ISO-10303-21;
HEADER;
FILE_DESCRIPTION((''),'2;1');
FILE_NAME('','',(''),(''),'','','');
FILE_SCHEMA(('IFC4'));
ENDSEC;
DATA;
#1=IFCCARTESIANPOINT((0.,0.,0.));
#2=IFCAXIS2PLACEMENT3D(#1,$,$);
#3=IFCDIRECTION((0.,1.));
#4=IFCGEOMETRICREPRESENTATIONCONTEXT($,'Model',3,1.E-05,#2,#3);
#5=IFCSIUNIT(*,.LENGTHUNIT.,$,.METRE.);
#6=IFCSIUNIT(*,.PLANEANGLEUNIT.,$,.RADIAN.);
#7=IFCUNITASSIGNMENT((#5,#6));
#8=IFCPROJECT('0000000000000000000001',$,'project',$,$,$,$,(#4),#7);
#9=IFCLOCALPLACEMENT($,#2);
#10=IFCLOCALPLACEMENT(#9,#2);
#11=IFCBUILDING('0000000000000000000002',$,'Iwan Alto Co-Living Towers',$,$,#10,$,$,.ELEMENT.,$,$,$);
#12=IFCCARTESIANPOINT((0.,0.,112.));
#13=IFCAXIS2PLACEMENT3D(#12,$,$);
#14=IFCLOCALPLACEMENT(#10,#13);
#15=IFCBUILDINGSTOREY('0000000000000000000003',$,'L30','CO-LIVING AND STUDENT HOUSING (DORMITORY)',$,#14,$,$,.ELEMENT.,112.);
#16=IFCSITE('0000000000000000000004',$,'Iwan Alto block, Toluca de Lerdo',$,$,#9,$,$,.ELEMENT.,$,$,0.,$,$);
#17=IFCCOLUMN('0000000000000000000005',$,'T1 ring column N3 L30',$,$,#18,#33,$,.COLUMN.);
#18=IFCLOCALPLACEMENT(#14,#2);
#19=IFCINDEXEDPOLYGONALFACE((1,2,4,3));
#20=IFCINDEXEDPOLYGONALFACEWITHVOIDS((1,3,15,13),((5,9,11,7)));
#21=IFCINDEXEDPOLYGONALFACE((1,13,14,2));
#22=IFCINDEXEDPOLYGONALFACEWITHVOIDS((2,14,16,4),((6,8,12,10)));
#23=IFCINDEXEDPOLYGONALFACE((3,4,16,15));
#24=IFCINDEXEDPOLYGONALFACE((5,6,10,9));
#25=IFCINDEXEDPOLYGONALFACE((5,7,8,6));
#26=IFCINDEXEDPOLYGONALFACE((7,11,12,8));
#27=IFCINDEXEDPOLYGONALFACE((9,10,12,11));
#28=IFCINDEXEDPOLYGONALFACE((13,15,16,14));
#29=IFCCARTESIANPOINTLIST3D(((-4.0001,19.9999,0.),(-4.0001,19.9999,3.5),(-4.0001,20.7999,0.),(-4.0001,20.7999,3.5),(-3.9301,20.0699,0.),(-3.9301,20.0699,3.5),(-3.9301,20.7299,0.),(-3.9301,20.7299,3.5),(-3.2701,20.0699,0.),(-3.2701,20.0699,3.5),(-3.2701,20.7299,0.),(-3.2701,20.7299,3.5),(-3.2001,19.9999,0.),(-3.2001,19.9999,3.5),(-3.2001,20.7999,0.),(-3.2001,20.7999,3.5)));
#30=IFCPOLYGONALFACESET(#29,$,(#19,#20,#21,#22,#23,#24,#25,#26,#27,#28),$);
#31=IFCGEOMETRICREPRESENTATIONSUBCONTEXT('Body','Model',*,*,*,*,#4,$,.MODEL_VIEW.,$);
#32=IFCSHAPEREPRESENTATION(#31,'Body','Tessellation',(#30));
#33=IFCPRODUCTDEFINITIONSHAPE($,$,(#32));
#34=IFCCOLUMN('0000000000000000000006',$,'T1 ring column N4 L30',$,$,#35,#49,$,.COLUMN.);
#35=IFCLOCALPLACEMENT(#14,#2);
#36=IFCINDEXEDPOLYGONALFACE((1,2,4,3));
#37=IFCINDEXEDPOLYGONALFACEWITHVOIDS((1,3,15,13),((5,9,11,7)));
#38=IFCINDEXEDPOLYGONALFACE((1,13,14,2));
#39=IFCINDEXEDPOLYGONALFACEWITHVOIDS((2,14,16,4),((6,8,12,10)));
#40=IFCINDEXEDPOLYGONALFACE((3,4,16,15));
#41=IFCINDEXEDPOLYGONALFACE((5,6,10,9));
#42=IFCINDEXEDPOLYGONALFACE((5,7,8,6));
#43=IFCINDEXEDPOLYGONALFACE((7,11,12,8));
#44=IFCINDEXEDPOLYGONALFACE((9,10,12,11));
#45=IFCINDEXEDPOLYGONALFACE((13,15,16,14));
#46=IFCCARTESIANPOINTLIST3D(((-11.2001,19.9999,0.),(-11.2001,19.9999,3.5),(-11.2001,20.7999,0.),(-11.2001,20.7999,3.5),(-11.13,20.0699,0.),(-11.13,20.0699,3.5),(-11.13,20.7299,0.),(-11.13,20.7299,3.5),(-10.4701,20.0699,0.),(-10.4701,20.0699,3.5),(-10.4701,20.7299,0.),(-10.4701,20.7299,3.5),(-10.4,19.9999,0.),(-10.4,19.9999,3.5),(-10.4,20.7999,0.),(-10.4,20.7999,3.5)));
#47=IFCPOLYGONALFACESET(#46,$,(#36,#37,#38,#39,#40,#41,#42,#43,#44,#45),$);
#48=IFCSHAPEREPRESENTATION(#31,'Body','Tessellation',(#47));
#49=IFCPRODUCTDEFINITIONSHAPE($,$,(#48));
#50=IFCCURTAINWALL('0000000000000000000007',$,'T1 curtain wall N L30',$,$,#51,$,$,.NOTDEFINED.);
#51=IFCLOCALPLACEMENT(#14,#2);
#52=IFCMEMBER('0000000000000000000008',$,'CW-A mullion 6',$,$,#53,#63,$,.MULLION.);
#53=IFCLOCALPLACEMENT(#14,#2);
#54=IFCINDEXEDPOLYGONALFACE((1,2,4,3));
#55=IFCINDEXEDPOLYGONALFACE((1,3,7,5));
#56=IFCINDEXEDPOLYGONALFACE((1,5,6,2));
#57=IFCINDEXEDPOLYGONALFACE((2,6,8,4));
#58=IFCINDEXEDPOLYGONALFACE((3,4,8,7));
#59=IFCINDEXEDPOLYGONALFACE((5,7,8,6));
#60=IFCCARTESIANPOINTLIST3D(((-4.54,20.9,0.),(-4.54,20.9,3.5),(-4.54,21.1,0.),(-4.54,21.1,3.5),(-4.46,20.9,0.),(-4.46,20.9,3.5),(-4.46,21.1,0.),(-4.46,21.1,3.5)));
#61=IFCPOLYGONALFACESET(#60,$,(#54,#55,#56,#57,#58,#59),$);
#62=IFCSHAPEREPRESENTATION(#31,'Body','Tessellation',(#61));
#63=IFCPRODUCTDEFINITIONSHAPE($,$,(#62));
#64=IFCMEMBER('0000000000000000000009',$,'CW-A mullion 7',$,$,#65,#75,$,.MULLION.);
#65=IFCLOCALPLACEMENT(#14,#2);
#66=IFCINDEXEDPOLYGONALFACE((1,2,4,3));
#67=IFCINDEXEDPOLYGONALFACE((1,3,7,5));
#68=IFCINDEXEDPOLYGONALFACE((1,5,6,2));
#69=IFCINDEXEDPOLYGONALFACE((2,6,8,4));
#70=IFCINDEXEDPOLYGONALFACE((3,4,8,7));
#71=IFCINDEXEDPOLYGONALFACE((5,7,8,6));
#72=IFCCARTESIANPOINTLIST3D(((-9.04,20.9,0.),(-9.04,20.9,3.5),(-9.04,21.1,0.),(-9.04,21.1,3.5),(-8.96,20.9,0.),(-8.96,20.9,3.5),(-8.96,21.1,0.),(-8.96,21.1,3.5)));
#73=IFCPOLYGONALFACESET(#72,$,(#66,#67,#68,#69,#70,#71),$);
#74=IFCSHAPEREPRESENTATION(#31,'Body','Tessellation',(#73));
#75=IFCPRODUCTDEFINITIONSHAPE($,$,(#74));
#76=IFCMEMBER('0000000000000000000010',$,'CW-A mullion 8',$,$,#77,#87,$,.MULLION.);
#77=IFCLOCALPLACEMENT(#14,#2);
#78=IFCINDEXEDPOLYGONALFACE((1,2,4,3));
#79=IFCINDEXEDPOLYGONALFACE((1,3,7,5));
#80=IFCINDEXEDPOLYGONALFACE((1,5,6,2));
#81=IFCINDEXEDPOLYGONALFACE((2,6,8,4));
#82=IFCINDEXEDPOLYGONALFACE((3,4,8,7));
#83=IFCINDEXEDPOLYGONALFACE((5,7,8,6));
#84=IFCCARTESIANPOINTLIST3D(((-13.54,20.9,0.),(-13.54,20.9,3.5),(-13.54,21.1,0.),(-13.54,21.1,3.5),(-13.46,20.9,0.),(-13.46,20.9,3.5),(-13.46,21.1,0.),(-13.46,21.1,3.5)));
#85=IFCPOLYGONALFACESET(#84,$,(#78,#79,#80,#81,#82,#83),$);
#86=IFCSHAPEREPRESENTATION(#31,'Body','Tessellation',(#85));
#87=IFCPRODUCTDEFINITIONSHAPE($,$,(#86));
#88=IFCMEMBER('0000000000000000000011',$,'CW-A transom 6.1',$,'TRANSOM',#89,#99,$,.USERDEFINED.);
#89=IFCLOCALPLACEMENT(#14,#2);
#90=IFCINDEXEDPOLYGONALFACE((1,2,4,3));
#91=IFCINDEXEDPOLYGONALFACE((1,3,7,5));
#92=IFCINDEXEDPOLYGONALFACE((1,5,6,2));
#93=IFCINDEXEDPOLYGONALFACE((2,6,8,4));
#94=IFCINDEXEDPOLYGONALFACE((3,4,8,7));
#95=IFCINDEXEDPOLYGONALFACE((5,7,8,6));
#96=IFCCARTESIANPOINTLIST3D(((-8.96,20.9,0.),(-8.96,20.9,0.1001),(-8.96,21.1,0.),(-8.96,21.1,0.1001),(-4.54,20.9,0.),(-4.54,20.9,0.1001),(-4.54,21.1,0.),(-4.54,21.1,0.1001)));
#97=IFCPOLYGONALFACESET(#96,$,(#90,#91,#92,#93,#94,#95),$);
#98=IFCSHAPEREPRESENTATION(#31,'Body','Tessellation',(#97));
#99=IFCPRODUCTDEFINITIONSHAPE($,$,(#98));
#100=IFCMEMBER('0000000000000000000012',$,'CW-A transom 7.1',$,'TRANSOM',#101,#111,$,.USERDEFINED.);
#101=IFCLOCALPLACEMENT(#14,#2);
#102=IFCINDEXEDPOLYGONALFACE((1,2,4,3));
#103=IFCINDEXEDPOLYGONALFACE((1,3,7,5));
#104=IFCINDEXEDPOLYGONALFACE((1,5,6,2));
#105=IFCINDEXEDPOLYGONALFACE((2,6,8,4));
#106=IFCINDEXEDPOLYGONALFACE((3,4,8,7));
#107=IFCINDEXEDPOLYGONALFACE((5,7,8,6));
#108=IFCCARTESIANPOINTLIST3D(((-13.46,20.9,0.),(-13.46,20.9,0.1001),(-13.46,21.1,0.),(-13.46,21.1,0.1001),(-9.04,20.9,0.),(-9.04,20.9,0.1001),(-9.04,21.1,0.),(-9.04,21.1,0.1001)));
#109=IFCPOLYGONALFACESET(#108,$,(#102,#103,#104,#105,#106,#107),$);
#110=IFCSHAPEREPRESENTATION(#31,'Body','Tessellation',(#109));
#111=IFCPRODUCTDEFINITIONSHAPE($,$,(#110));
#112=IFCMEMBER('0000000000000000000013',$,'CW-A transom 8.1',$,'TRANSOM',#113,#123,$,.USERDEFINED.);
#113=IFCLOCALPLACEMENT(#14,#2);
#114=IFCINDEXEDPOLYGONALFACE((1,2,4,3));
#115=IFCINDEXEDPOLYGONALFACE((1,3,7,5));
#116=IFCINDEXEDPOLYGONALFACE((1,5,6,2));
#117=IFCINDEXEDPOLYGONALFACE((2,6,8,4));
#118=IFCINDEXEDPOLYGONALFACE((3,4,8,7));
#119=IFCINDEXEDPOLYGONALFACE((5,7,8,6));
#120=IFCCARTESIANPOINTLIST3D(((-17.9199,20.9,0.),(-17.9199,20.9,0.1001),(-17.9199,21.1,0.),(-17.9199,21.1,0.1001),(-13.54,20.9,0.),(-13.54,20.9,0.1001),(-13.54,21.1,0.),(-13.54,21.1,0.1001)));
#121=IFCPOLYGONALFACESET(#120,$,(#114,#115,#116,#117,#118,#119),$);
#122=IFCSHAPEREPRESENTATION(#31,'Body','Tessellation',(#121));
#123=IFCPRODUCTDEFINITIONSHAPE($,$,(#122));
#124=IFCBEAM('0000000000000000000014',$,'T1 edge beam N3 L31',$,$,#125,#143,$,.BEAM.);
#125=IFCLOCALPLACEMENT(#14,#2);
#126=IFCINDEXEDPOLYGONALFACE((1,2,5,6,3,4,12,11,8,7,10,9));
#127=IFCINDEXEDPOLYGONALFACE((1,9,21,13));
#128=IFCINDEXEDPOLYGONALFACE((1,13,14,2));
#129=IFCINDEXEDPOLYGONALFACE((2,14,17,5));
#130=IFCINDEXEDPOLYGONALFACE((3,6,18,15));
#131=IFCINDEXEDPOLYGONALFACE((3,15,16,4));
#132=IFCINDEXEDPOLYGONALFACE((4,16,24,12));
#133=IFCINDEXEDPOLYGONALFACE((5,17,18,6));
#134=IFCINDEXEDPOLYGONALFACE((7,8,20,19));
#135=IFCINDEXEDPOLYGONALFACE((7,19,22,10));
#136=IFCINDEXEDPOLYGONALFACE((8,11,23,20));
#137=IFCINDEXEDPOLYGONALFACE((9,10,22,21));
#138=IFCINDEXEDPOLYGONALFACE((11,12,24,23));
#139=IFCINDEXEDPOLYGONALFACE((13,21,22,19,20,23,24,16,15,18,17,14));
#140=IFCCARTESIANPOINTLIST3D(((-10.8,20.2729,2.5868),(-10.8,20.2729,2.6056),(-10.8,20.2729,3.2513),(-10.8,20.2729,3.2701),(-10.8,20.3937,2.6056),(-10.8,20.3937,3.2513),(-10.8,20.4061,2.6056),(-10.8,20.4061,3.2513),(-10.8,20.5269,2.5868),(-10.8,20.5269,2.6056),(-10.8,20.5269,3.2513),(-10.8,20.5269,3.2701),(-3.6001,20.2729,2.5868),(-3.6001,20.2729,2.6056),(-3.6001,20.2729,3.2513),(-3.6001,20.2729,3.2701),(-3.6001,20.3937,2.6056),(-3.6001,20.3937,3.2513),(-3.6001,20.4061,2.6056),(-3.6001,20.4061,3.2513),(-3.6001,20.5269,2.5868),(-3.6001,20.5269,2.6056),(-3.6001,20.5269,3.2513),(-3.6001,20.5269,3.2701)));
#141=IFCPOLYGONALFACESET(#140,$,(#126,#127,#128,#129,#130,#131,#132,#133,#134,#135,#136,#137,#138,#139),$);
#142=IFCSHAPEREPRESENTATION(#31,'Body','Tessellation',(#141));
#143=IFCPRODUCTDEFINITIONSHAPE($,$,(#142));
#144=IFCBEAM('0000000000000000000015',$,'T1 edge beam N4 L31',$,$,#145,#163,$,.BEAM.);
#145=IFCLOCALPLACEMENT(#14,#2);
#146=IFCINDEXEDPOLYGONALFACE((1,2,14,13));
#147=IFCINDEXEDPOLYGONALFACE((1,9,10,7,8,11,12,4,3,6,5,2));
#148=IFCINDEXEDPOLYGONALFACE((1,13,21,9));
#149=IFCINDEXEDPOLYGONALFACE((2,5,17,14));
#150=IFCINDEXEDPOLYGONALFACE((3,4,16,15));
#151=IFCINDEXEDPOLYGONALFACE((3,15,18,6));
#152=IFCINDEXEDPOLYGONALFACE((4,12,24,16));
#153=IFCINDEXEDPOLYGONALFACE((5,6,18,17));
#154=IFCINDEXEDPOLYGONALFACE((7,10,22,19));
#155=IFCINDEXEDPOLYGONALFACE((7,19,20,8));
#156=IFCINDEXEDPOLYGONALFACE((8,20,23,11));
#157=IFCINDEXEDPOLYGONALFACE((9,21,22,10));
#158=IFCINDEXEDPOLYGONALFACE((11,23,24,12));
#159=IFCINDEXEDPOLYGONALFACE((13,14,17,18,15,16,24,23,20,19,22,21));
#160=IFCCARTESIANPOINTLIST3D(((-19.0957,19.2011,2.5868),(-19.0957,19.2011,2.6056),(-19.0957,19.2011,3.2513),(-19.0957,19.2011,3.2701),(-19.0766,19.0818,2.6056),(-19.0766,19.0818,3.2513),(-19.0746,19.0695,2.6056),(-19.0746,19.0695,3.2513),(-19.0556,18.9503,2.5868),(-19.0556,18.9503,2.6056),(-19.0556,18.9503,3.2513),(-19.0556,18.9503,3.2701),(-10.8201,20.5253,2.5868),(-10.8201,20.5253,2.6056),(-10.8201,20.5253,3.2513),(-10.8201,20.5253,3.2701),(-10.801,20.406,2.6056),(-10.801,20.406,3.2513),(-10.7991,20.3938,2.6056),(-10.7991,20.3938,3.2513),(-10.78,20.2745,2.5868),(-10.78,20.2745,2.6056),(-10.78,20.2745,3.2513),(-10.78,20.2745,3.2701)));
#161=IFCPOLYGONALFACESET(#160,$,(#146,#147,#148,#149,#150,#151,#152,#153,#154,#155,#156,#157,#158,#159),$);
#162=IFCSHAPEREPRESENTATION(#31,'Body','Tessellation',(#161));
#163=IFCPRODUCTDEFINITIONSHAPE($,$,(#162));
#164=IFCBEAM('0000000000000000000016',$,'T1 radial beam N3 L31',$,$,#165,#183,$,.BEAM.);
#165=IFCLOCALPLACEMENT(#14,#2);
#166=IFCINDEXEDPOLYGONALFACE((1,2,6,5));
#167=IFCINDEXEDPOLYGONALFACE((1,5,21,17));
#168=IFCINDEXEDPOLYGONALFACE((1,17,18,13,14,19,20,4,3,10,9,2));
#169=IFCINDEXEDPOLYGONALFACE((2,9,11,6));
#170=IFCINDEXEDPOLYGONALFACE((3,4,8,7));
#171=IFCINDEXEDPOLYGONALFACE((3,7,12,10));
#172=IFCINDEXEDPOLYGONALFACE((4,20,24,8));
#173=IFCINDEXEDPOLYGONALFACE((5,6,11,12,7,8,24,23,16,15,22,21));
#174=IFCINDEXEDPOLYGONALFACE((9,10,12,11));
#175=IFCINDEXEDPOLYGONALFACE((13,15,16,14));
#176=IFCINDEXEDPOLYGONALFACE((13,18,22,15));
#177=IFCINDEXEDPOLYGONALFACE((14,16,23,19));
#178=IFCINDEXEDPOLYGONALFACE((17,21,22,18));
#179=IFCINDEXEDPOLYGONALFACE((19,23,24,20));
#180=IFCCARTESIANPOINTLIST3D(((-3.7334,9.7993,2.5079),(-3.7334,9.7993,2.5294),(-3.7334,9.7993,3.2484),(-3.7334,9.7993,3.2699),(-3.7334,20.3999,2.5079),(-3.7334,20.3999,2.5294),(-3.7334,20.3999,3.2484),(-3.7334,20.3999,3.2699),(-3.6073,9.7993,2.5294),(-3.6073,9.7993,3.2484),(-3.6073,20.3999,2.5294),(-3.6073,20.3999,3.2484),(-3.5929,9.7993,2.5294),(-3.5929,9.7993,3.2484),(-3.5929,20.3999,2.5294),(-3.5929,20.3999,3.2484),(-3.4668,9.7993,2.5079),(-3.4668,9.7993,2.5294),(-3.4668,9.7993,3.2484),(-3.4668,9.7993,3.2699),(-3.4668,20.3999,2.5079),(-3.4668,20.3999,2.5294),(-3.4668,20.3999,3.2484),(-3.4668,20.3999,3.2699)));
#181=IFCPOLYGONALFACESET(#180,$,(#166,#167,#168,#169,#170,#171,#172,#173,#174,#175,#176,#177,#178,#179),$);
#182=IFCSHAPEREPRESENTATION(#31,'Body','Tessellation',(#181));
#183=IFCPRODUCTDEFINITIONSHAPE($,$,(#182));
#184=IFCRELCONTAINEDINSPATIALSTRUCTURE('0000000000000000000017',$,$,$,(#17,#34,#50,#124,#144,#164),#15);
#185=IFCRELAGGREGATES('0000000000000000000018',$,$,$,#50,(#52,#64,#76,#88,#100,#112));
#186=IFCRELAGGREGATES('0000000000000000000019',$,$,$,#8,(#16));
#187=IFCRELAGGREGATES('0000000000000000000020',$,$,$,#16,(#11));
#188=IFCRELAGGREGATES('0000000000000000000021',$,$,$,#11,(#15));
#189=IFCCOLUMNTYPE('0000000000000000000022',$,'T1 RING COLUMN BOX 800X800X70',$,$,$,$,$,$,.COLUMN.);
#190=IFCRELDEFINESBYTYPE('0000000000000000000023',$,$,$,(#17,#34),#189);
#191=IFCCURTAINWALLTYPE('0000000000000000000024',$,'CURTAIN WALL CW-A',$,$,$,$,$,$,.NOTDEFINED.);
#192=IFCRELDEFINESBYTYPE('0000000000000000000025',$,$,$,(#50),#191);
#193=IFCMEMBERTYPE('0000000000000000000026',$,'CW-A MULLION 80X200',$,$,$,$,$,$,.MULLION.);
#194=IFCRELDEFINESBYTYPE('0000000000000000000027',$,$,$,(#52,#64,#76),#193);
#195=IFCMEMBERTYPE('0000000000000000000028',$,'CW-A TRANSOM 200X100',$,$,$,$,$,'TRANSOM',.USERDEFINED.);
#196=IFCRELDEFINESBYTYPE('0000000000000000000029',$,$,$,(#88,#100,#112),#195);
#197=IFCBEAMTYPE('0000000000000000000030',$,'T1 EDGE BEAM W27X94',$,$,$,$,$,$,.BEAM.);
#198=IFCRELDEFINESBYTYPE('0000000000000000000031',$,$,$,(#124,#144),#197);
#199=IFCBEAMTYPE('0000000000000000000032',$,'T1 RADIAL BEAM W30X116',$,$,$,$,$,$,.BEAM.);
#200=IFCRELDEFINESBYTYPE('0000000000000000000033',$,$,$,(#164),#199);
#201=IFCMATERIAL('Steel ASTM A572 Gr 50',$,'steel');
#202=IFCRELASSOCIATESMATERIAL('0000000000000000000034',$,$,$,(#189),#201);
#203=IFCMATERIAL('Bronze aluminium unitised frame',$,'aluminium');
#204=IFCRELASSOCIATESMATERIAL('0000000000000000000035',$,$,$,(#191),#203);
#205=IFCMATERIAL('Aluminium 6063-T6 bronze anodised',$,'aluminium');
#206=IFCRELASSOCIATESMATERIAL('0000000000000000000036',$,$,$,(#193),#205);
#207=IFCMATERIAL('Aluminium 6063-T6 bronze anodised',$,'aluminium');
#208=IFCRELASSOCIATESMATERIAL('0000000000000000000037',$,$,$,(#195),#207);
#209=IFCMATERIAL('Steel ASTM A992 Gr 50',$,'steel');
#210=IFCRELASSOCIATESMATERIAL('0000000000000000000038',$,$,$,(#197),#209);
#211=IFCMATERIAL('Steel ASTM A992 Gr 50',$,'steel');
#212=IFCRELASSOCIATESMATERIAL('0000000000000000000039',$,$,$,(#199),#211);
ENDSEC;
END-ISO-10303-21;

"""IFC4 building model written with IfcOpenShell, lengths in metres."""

from ifc_helpers import new_model, si_unit, direction, frame, origin, origin_2d, place, context, subcontext, project, spatial, rectangle, hollow_rectangle, i_section, extrude, material, material_profile, profile_set, type_object, element, aggregate, save


model = new_model("IFC4")

# Units and contexts
model_context = context("Model", 3, precision=1e-05, world=origin(), true_north=direction((0.0, 1.0)))
body_context = subcontext(model_context, "Body", "Model", "MODEL_VIEW")
ifc_project = project(units=[si_unit("LENGTHUNIT", "METRE"), si_unit("PLANEANGLEUNIT", "RADIAN")], contexts=[model_context])

# Site, building, storey
site_placement = place(None, origin())
site = spatial("IfcSite", under=ifc_project, at=site_placement, Name="Iwan Alto block, Toluca de Lerdo", CompositionType="ELEMENT", RefElevation=0.0)
building_placement = place(site_placement, origin())
building = spatial("IfcBuilding", under=site, at=building_placement, Name="Iwan Alto Co-Living Towers", CompositionType="ELEMENT")
storey_placement = place(building_placement, frame((0.0, 0.0, 112.0)))
storey = spatial("IfcBuildingStorey", under=building, at=storey_placement, Name="L30", Description="CO-LIVING AND STUDENT HOUSING (DORMITORY)", CompositionType="ELEMENT", Elevation=112.0)

# Columns
ifc_material_1 = material(Name="Steel ASTM A572 Gr 50", Category="steel")
ifc_material_profile_1 = material_profile(ifc_material_1, hollow_rectangle(XDim=0.8, YDim=0.8, WallThickness=0.0701, at=origin_2d()), Name="BOX 800X800X70")
ifc_profile_set_1 = profile_set([ifc_material_profile_1], Name="Steel ASTM A572 Gr 50")
column_type = type_object("IfcColumnType", Name="T1 RING COLUMN BOX 800X800X70", PredefinedType="COLUMN", material=ifc_profile_set_1)
for number, where, z_axis, x_axis, name in (
    (1, (-3.6001, 20.3999, 0.0), (0.0, 0.0, 1.0), (1.0, 0.0, 0.0), "T1 ring column N3 L30"),
    (2, (-10.8, 20.3999, 0.0), (0.0, 0.0, 1.0), (1.0, 0.0, 0.0), "T1 ring column N4 L30"),
):
    element("IfcColumn", number, at=place(storey_placement, frame(where, z_axis=z_axis, x_axis=x_axis)), inside=storey, type_object=column_type, Name=name, PredefinedType="COLUMN", context=body_context, shape_type="SweptSolid", body=[
        extrude(hollow_rectangle(XDim=0.8, YDim=0.8, WallThickness=0.0701, at=origin_2d()), origin(), (0.0, 0.0, 1.0), 3.5),
    ])

# Curtain wall, members
ifc_material_2 = material(Name="Bronze aluminium unitised frame", Category="aluminium")
curtain_wall_type = type_object("IfcCurtainWallType", Name="CURTAIN WALL CW-A", PredefinedType="NOTDEFINED", material=ifc_material_2)
curtain_wall_placement = place(storey_placement, origin())
curtain_wall = element("IfcCurtainWall", 3, at=curtain_wall_placement, inside=storey, type_object=curtain_wall_type, Name="T1 curtain wall N L30", PredefinedType="NOTDEFINED")
ifc_material_3 = material(Name="Aluminium 6063-T6 bronze anodised", Category="aluminium")
ifc_material_profile_2 = material_profile(ifc_material_3, rectangle(XDim=0.2, YDim=0.0801, at=origin_2d()), Name="AL 80X200")
ifc_profile_set_2 = profile_set([ifc_material_profile_2], Name="Aluminium 6063-T6 bronze anodised")
member_type_1 = type_object("IfcMemberType", Name="CW-A MULLION 80X200", PredefinedType="MULLION", material=ifc_profile_set_2)
member_1_placement = place(storey_placement, frame((-4.5, 21.0, 0.0), z_axis=(0.0, 0.0, 1.0), x_axis=(0.0, -1.0, 0.0)))
member_1 = element("IfcMember", 4, at=member_1_placement, type_object=member_type_1, Name="CW-A mullion 6", PredefinedType="MULLION", context=body_context, shape_type="SweptSolid", body=[
    extrude(rectangle(XDim=0.2, YDim=0.0801, at=origin_2d()), origin(), (0.0, 0.0, 1.0), 3.5),
])
member_2_placement = place(storey_placement, frame((-9.0, 21.0, 0.0), z_axis=(0.0, 0.0, 1.0), x_axis=(0.0, -1.0, 0.0)))
member_2 = element("IfcMember", 5, at=member_2_placement, type_object=member_type_1, Name="CW-A mullion 7", PredefinedType="MULLION", context=body_context, shape_type="SweptSolid", body=[
    extrude(rectangle(XDim=0.2, YDim=0.0801, at=origin_2d()), origin(), (0.0, 0.0, 1.0), 3.5),
])
member_3_placement = place(storey_placement, frame((-13.5, 21.0, 0.0), z_axis=(0.0, 0.0, 1.0), x_axis=(0.0, -1.0, 0.0)))
member_3 = element("IfcMember", 6, at=member_3_placement, type_object=member_type_1, Name="CW-A mullion 8", PredefinedType="MULLION", context=body_context, shape_type="SweptSolid", body=[
    extrude(rectangle(XDim=0.2, YDim=0.0801, at=origin_2d()), origin(), (0.0, 0.0, 1.0), 3.5),
])
ifc_material_4 = material(Name="Aluminium 6063-T6 bronze anodised", Category="aluminium")
ifc_material_profile_3 = material_profile(ifc_material_4, rectangle(XDim=0.2, YDim=0.1001, at=origin_2d()), Name="AL 200X100")
ifc_profile_set_3 = profile_set([ifc_material_profile_3], Name="Aluminium 6063-T6 bronze anodised")
member_type_2 = type_object("IfcMemberType", Name="CW-A TRANSOM 200X100", ElementType="TRANSOM", PredefinedType="USERDEFINED", material=ifc_profile_set_3)
member_4_placement = place(storey_placement, frame((-4.54, 21.0, 0.05), z_axis=(-1.0, 0.0, 0.0), x_axis=(0.0, -1.0, 0.0)))
member_4 = element("IfcMember", 7, at=member_4_placement, type_object=member_type_2, Name="CW-A transom 6.1", ObjectType="TRANSOM", PredefinedType="USERDEFINED", context=body_context, shape_type="SweptSolid", body=[
    extrude(rectangle(XDim=0.2, YDim=0.1001, at=origin_2d()), origin(), (0.0, 0.0, 1.0), 4.4199),
])
member_5_placement = place(storey_placement, frame((-9.04, 21.0, 0.05), z_axis=(-1.0, 0.0, 0.0), x_axis=(0.0, -1.0, 0.0)))
member_5 = element("IfcMember", 8, at=member_5_placement, type_object=member_type_2, Name="CW-A transom 7.1", ObjectType="TRANSOM", PredefinedType="USERDEFINED", context=body_context, shape_type="SweptSolid", body=[
    extrude(rectangle(XDim=0.2, YDim=0.1001, at=origin_2d()), origin(), (0.0, 0.0, 1.0), 4.4199),
])
member_6_placement = place(storey_placement, frame((-13.54, 21.0, 0.05), z_axis=(-1.0, 0.0, 0.0), x_axis=(0.0, -1.0, 0.0)))
member_6 = element("IfcMember", 9, at=member_6_placement, type_object=member_type_2, Name="CW-A transom 8.1", ObjectType="TRANSOM", PredefinedType="USERDEFINED", context=body_context, shape_type="SweptSolid", body=[
    extrude(rectangle(XDim=0.2, YDim=0.1001, at=origin_2d()), origin(), (0.0, 0.0, 1.0), 4.3799),
])

# Beams
ifc_material_5 = material(Name="Steel ASTM A992 Gr 50", Category="steel")
ifc_material_profile_4 = material_profile(ifc_material_5, i_section(OverallWidth=0.2539, OverallDepth=0.6833, WebThickness=0.0125, FlangeThickness=0.0188, at=origin_2d()), Name="W27X94")
ifc_profile_set_4 = profile_set([ifc_material_profile_4], Name="Steel ASTM A992 Gr 50")
beam_type_1 = type_object("IfcBeamType", Name="T1 EDGE BEAM W27X94", PredefinedType="BEAM", material=ifc_profile_set_4)
beam_1_placement = place(storey_placement, frame((-3.6001, 20.3999, 2.9285), z_axis=(-1.0, 0.0, 0.0), x_axis=(0.0, -1.0, 0.0)))
element("IfcBeam", 10, at=beam_1_placement, inside=storey, type_object=beam_type_1, Name="T1 edge beam N3 L31", PredefinedType="BEAM", context=body_context, shape_type="SweptSolid", body=[
    extrude(i_section(OverallWidth=0.2539, OverallDepth=0.6833, WebThickness=0.0125, FlangeThickness=0.0188, at=origin_2d()), origin(), (0.0, 0.0, 1.0), 7.2),
])
beam_2_placement = place(storey_placement, frame((-10.8, 20.3999, 2.9285), z_axis=(-0.987438, -0.158004, 0.0), x_axis=(0.158004, -0.987438, 0.0)))
element("IfcBeam", 11, at=beam_2_placement, inside=storey, type_object=beam_type_1, Name="T1 edge beam N4 L31", PredefinedType="BEAM", context=body_context, shape_type="SweptSolid", body=[
    extrude(i_section(OverallWidth=0.2539, OverallDepth=0.6833, WebThickness=0.0125, FlangeThickness=0.0188, at=origin_2d()), origin(), (0.0, 0.0, 1.0), 8.3809),
])
ifc_material_6 = material(Name="Steel ASTM A992 Gr 50", Category="steel")
ifc_material_profile_5 = material_profile(ifc_material_6, i_section(OverallWidth=0.2666, OverallDepth=0.762, WebThickness=0.0144, FlangeThickness=0.0215, at=origin_2d()), Name="W30X116")
ifc_profile_set_5 = profile_set([ifc_material_profile_5], Name="Steel ASTM A992 Gr 50")
beam_type_2 = type_object("IfcBeamType", Name="T1 RADIAL BEAM W30X116", PredefinedType="BEAM", material=ifc_profile_set_5)
beam_3_placement = place(storey_placement, frame((-3.6001, 20.3999, 2.8889), z_axis=(0.0, -1.0, 0.0), x_axis=(1.0, 0.0, 0.0)))
element("IfcBeam", 12, at=beam_3_placement, inside=storey, type_object=beam_type_2, Name="T1 radial beam N3 L31", PredefinedType="BEAM", context=body_context, shape_type="SweptSolid", body=[
    extrude(i_section(OverallWidth=0.2666, OverallDepth=0.762, WebThickness=0.0144, FlangeThickness=0.0215, at=origin_2d()), origin(), (0.0, 0.0, 1.0), 10.6006),
])

aggregate(curtain_wall, [member_1, member_2, member_3, member_4, member_5, member_6])

save(model, "model.ifc")
